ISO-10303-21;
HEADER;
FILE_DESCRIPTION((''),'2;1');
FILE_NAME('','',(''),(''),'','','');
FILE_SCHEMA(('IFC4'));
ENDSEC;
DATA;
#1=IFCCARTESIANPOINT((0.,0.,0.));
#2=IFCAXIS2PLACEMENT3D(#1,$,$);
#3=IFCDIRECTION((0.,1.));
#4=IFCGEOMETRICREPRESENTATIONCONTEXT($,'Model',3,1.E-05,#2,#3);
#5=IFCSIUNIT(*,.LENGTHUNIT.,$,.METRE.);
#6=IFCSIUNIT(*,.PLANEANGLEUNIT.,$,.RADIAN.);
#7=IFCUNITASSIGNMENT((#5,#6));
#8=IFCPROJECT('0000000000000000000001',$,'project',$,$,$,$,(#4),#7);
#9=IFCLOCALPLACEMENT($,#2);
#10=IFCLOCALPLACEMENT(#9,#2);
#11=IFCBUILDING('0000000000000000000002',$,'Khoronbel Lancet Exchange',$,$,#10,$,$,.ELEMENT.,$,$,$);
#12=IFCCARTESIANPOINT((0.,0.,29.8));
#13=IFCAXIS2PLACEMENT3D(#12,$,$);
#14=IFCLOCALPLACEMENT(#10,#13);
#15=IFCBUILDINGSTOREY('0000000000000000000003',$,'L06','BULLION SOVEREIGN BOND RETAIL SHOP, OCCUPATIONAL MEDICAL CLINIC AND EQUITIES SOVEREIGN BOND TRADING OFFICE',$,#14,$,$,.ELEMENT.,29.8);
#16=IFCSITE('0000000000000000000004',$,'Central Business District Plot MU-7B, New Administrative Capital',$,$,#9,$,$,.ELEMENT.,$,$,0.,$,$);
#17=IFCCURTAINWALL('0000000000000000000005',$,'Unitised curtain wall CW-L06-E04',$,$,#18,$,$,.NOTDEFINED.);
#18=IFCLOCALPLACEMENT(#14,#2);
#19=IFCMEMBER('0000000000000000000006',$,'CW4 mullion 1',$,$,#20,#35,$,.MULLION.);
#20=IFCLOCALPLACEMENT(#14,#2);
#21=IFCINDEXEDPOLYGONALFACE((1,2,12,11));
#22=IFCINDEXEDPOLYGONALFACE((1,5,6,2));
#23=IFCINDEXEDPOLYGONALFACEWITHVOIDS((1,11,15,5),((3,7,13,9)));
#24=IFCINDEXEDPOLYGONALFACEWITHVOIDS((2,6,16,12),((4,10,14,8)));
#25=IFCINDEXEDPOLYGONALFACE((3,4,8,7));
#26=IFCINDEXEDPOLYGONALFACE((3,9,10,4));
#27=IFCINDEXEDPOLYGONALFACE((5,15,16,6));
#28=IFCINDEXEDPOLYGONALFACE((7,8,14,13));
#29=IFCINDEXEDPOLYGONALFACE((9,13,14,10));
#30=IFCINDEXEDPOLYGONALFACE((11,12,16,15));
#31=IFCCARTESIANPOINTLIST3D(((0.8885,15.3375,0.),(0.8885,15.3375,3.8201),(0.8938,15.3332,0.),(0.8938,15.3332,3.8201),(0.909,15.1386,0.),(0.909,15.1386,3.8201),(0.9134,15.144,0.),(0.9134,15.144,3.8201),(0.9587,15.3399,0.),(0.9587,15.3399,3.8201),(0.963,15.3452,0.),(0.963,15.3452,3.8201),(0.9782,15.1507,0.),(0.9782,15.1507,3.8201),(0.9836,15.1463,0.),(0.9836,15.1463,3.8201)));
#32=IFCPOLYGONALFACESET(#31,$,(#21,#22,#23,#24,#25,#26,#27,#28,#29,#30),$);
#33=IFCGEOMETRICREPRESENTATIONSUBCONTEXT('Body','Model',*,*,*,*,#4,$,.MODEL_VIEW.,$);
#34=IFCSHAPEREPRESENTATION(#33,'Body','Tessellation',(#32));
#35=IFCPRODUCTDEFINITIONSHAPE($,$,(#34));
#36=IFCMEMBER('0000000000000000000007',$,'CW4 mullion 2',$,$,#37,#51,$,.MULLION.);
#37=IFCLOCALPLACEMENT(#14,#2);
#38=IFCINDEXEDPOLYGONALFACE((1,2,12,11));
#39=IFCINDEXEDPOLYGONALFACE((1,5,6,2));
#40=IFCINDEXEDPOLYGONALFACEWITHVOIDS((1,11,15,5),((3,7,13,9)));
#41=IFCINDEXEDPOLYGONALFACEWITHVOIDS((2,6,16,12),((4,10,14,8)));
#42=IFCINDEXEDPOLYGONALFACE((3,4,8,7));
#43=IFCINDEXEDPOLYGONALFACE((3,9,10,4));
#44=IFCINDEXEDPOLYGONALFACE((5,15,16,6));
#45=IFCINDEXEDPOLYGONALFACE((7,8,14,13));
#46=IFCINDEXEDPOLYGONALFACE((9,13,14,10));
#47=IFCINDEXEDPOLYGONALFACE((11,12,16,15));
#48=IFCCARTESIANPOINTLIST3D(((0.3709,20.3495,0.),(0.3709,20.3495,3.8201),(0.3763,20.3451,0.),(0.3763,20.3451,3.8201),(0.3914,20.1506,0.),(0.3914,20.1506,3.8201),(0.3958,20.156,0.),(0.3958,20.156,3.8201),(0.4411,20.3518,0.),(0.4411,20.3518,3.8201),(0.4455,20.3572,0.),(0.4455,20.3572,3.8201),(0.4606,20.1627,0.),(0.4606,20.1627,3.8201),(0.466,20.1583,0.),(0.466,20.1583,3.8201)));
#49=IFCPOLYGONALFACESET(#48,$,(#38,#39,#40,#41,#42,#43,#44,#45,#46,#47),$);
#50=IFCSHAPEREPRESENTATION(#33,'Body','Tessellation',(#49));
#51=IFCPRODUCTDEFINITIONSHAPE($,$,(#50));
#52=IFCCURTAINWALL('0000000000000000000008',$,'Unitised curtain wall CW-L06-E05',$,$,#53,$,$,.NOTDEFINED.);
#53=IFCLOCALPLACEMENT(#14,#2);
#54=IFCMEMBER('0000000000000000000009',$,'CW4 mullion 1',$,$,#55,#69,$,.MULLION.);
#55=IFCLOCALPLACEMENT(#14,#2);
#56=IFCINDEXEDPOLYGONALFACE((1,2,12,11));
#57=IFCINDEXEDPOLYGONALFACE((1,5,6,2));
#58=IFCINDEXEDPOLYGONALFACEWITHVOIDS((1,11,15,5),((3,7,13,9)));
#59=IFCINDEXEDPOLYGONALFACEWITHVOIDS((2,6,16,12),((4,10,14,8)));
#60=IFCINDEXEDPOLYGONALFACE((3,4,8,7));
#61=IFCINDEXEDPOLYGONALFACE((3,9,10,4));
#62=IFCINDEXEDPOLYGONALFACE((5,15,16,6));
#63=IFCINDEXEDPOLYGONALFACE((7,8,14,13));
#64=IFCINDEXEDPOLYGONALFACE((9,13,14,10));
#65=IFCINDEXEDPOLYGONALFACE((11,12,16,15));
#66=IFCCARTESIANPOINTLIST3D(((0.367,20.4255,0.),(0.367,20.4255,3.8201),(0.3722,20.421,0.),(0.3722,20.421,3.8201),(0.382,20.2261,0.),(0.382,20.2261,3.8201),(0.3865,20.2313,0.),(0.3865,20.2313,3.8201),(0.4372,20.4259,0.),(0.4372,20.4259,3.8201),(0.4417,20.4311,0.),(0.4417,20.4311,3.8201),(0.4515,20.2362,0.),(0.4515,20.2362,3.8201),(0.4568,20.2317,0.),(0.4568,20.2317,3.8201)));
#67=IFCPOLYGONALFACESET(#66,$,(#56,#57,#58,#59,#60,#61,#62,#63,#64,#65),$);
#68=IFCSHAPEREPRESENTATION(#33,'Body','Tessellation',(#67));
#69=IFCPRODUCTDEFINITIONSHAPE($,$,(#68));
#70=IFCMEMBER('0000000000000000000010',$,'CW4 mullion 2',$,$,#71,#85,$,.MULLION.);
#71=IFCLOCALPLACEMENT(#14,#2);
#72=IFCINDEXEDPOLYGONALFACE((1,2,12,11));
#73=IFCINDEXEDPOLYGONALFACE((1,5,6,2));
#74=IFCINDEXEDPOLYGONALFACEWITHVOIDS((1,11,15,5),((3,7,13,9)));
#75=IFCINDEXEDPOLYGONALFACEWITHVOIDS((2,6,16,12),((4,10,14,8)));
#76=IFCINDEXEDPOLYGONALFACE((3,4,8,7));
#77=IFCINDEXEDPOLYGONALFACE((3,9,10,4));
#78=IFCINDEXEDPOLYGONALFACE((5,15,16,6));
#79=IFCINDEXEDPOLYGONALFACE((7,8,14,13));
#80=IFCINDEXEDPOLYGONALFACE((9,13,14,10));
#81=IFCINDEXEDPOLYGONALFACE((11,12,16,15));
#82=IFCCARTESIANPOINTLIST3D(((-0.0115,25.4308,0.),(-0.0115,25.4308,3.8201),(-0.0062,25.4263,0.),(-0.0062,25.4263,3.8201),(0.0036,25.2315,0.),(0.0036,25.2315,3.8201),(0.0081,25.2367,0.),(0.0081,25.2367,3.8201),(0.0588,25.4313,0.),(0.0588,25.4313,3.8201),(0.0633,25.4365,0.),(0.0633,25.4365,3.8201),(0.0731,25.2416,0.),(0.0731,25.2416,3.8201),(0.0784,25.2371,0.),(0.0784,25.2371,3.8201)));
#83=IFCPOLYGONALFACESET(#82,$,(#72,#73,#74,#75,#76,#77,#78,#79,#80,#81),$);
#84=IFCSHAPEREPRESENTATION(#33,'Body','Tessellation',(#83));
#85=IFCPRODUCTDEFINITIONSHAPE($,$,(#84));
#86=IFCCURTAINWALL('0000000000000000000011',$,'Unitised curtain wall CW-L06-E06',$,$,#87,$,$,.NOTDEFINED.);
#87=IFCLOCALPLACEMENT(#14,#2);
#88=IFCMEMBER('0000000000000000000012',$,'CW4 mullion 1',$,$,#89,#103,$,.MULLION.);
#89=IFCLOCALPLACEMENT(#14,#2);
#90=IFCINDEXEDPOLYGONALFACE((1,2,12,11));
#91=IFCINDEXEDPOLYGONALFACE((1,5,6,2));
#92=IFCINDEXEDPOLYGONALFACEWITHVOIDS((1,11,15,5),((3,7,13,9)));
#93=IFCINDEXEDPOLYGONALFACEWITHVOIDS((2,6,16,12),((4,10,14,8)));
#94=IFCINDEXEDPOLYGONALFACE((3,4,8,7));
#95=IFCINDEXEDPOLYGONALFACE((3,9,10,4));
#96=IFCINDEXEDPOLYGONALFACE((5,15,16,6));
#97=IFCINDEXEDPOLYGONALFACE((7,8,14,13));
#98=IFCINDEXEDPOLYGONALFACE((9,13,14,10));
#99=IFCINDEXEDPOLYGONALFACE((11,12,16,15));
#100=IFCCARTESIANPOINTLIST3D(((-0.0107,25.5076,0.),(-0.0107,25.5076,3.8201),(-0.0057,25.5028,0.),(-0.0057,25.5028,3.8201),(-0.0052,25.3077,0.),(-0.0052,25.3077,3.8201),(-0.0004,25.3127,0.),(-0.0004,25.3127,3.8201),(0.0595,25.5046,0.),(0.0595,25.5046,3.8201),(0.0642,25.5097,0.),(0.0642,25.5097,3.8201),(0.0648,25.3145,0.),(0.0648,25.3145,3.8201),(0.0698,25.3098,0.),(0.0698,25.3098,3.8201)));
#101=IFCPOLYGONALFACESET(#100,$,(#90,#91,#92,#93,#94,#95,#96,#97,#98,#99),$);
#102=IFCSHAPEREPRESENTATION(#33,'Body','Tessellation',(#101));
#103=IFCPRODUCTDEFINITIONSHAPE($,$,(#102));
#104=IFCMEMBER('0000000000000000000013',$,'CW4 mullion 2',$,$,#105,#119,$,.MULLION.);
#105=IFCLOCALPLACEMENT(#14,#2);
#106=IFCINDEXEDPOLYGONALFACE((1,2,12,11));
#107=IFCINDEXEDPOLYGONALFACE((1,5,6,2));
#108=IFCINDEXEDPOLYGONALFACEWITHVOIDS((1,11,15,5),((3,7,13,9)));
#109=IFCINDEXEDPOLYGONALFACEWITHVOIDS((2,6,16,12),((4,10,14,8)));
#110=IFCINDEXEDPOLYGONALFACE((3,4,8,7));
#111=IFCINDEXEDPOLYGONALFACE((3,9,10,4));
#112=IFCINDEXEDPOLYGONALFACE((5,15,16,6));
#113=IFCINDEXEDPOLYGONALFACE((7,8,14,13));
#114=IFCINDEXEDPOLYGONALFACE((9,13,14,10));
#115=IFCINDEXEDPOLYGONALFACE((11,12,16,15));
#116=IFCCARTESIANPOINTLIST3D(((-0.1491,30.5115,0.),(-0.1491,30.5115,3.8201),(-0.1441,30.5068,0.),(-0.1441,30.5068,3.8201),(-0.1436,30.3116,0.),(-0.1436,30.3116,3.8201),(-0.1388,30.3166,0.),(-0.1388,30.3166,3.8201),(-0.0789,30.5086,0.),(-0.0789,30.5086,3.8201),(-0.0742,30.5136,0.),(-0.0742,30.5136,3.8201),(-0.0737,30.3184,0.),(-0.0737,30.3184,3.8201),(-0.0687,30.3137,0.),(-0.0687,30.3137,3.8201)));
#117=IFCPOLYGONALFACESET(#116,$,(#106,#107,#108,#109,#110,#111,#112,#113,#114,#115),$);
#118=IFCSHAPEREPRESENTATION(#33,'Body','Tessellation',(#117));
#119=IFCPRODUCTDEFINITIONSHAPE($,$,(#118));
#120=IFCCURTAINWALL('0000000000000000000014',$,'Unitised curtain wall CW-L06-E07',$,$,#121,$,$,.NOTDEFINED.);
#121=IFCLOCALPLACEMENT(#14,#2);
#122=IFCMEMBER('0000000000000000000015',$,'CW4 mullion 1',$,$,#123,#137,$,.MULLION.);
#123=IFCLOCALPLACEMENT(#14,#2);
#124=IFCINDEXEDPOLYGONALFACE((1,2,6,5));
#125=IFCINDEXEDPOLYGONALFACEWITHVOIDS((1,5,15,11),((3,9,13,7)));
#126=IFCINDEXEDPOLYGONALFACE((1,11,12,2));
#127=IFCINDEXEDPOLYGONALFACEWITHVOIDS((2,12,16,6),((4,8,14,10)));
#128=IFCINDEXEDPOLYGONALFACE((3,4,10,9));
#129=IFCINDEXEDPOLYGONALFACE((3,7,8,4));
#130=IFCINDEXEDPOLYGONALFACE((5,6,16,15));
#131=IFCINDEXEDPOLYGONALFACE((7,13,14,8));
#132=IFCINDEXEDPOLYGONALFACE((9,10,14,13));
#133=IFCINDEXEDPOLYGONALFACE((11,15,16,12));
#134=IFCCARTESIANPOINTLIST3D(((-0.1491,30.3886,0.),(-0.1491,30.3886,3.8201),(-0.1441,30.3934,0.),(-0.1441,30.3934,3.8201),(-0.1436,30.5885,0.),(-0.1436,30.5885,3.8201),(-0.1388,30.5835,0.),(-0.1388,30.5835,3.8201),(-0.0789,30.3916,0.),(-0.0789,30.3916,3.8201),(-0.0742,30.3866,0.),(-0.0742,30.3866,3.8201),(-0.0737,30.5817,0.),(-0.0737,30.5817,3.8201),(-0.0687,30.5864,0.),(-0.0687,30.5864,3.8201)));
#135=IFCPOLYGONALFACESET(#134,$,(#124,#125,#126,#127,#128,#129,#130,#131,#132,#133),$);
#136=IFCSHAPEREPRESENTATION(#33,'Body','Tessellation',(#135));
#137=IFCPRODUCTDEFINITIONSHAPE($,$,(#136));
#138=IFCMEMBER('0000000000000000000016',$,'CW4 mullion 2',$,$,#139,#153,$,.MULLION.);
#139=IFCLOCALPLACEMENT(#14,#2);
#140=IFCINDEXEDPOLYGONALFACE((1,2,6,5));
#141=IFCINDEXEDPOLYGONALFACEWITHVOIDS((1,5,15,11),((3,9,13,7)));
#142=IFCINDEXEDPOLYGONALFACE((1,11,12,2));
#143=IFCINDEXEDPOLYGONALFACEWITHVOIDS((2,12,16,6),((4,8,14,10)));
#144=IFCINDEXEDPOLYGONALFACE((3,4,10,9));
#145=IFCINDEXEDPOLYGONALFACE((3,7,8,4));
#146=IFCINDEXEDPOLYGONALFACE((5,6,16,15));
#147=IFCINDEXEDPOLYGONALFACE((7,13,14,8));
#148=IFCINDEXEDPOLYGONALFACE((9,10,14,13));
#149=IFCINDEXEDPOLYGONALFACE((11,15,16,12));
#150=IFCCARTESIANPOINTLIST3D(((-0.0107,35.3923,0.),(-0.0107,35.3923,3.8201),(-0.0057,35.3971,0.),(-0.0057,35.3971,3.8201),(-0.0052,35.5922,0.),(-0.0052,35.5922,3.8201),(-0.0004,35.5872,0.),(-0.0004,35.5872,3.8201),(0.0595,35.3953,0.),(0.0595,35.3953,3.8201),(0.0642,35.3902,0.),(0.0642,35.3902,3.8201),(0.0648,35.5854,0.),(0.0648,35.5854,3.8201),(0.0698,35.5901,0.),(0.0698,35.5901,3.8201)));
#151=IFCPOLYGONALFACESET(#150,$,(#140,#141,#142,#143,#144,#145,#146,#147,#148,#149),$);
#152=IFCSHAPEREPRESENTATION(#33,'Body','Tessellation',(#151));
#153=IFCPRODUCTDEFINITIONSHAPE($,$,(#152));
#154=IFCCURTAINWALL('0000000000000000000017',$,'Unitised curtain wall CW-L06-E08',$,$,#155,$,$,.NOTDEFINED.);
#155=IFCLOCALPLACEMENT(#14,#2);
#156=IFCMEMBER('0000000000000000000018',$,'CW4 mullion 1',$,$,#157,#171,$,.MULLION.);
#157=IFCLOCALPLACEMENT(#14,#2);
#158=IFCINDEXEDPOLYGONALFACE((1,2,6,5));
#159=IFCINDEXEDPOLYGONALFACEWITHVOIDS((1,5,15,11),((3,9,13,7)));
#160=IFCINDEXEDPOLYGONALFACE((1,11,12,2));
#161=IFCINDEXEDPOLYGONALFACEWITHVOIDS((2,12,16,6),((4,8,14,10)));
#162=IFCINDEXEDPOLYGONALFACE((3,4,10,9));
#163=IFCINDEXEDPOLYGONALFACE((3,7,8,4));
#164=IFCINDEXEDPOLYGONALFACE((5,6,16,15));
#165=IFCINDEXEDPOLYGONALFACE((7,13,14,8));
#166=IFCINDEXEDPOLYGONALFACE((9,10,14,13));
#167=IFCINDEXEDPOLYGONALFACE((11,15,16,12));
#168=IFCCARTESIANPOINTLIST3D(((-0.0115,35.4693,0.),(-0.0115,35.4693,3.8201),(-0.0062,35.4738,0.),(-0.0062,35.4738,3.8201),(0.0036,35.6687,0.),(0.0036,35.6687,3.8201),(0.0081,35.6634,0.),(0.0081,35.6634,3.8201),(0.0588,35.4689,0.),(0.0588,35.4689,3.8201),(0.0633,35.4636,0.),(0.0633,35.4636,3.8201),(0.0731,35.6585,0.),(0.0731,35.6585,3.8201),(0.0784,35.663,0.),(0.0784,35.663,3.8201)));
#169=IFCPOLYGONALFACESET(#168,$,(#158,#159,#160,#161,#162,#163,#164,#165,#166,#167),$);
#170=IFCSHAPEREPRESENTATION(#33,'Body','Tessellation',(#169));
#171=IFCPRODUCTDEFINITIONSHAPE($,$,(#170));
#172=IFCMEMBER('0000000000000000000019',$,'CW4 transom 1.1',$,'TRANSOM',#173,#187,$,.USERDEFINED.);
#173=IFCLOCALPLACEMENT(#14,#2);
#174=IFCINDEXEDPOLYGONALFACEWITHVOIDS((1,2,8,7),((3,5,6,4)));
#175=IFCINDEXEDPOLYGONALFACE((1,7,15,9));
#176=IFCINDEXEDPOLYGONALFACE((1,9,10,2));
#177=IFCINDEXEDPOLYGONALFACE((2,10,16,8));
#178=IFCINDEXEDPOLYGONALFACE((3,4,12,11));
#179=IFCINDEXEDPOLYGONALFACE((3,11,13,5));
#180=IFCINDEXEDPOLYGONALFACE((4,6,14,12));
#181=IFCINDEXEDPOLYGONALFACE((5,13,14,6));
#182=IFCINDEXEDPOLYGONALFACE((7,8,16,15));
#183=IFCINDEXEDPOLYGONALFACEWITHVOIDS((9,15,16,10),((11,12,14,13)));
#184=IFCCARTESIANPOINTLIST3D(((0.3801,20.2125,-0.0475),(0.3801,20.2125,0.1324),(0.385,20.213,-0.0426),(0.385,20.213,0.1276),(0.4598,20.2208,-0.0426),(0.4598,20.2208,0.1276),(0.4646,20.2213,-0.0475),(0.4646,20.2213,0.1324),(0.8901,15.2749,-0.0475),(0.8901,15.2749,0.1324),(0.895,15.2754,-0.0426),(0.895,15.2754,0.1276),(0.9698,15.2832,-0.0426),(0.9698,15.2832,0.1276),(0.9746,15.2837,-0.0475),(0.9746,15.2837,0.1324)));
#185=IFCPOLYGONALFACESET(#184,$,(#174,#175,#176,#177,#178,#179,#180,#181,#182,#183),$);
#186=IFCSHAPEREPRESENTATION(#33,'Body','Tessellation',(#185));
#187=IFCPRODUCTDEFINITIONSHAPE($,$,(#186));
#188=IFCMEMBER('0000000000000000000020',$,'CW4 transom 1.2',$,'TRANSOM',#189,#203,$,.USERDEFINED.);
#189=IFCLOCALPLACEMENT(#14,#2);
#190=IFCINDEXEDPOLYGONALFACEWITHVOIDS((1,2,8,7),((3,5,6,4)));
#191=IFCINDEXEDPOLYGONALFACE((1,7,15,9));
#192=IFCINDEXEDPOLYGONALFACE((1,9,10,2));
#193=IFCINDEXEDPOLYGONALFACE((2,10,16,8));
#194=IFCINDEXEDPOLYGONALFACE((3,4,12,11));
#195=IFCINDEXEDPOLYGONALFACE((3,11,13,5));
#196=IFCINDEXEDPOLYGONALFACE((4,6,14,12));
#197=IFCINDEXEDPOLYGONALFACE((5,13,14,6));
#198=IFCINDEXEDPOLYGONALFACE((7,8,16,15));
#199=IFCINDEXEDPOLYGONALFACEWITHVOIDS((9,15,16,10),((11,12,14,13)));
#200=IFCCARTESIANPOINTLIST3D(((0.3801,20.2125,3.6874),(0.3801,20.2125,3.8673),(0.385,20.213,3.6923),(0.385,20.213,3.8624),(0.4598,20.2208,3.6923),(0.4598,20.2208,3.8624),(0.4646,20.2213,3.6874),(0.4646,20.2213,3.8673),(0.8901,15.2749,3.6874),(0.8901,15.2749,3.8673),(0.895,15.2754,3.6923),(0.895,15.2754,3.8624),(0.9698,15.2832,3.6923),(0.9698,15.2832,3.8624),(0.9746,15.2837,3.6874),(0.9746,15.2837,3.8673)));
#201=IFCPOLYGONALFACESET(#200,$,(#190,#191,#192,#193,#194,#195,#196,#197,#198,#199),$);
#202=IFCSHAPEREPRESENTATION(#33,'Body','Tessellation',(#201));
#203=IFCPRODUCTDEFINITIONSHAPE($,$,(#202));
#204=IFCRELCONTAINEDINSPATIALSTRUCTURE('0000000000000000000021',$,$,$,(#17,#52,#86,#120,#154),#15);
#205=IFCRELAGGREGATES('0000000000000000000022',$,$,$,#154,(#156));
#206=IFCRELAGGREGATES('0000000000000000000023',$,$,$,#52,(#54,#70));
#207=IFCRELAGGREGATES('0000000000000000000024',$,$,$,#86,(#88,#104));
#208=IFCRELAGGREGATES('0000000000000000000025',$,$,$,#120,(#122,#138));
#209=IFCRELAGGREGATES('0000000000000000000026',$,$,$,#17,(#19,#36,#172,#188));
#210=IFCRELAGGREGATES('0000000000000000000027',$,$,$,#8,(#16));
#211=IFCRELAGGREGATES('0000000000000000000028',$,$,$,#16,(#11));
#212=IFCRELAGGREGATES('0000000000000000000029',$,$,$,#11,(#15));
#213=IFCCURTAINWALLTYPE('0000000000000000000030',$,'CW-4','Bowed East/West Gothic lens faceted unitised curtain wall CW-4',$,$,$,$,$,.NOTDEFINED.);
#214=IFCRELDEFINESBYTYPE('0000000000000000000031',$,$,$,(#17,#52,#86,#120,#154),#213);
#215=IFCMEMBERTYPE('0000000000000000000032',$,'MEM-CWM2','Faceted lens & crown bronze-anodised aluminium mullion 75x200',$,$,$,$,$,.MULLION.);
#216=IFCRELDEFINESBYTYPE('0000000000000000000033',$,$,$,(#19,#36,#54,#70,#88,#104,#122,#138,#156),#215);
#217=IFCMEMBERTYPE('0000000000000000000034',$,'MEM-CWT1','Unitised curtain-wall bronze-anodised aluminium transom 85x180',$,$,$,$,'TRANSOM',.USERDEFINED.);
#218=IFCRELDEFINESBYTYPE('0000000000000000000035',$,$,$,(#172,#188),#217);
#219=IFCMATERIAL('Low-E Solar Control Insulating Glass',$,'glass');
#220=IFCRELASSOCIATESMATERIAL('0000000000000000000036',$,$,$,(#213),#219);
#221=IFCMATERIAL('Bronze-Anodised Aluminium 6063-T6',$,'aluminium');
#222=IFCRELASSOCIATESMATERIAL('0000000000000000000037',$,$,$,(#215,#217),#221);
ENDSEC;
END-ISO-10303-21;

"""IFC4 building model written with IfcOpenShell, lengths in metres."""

from ifc_helpers import new_model, si_unit, direction, frame, origin, origin_2d, place, context, subcontext, project, spatial, hollow_rectangle, extrude, material, material_profile, profile_set, type_object, element, aggregate, save


model = new_model("IFC4")

# Units and contexts
model_context = context("Model", 3, precision=1e-05, world=origin(), true_north=direction((0.0, 1.0)))
body_context = subcontext(model_context, "Body", "Model", "MODEL_VIEW")
ifc_project = project(units=[si_unit("LENGTHUNIT", "METRE"), si_unit("PLANEANGLEUNIT", "RADIAN")], contexts=[model_context])

# Site, building, storey
site_placement = place(None, origin())
site = spatial("IfcSite", under=ifc_project, at=site_placement, Name="Central Business District Plot MU-7B, New Administrative Capital", CompositionType="ELEMENT", RefElevation=0.0)
building_placement = place(site_placement, origin())
building = spatial("IfcBuilding", under=site, at=building_placement, Name="Khoronbel Lancet Exchange", CompositionType="ELEMENT")
storey_placement = place(building_placement, frame((0.0, 0.0, 29.8)))
storey = spatial("IfcBuildingStorey", under=building, at=storey_placement, Name="L06", Description="BULLION SOVEREIGN BOND RETAIL SHOP, OCCUPATIONAL MEDICAL CLINIC AND EQUITIES SOVEREIGN BOND TRADING OFFICE", CompositionType="ELEMENT", Elevation=29.8)

# Curtain walls, members
ifc_material_1 = material(Name="Low-E Solar Control Insulating Glass", Category="glass")
curtain_wall_type = type_object("IfcCurtainWallType", Name="CW-4", Description="Bowed East/West Gothic lens faceted unitised curtain wall CW-4", PredefinedType="NOTDEFINED", material=ifc_material_1)
curtain_wall_1_placement = place(storey_placement, origin())
curtain_wall_1 = element("IfcCurtainWall", 1, at=curtain_wall_1_placement, inside=storey, type_object=curtain_wall_type, Name="Unitised curtain wall CW-L06-E04", PredefinedType="NOTDEFINED")
ifc_material_2 = material(Name="Bronze-Anodised Aluminium 6063-T6", Category="aluminium")
ifc_material_profile_1 = material_profile(ifc_material_2, hollow_rectangle(XDim=0.075, YDim=0.2, WallThickness=0.0049, at=origin_2d()), Name="ALU MULLION 75x200")
ifc_profile_set_1 = profile_set([ifc_material_profile_1], Name="Bronze-Anodised Aluminium 6063-T6")
member_type_1 = type_object("IfcMemberType", Name="MEM-CWM2", Description="Faceted lens & crown bronze-anodised aluminium mullion 75x200", PredefinedType="MULLION", material=ifc_profile_set_1)
member_1_placement = place(storey_placement, frame((0.936, 15.2419, 0.0), z_axis=(0.0, 0.0, 1.0), x_axis=(-0.99471, -0.102723, 0.0)))
member_1 = element("IfcMember", 2, at=member_1_placement, type_object=member_type_1, Name="CW4 mullion 1", PredefinedType="MULLION", context=body_context, shape_type="SweptSolid", body=[
    extrude(hollow_rectangle(XDim=0.075, YDim=0.2, WallThickness=0.0049, at=origin_2d()), origin(), (0.0, 0.0, 1.0), 3.8201),
])
member_2_placement = place(storey_placement, frame((0.4185, 20.2539, 0.0), z_axis=(0.0, 0.0, 1.0), x_axis=(-0.99471, -0.102723, 0.0)))
member_2 = element("IfcMember", 3, at=member_2_placement, type_object=member_type_1, Name="CW4 mullion 2", PredefinedType="MULLION", context=body_context, shape_type="SweptSolid", body=[
    extrude(hollow_rectangle(XDim=0.075, YDim=0.2, WallThickness=0.0049, at=origin_2d()), origin(), (0.0, 0.0, 1.0), 3.8201),
])
curtain_wall_2_placement = place(storey_placement, origin())
curtain_wall_2 = element("IfcCurtainWall", 4, at=curtain_wall_2_placement, inside=storey, type_object=curtain_wall_type, Name="Unitised curtain wall CW-L06-E05", PredefinedType="NOTDEFINED")
member_3_placement = place(storey_placement, frame((0.4119, 20.3286, 0.0), z_axis=(0.0, 0.0, 1.0), x_axis=(-0.997154, -0.075395, 0.0)))
member_3 = element("IfcMember", 5, at=member_3_placement, type_object=member_type_1, Name="CW4 mullion 1", PredefinedType="MULLION", context=body_context, shape_type="SweptSolid", body=[
    extrude(hollow_rectangle(XDim=0.075, YDim=0.2, WallThickness=0.0049, at=origin_2d()), origin(), (0.0, 0.0, 1.0), 3.8201),
])
member_4_placement = place(storey_placement, frame((0.0334, 25.334, 0.0), z_axis=(0.0, 0.0, 1.0), x_axis=(-0.997154, -0.075395, 0.0)))
member_4 = element("IfcMember", 6, at=member_4_placement, type_object=member_type_1, Name="CW4 mullion 2", PredefinedType="MULLION", context=body_context, shape_type="SweptSolid", body=[
    extrude(hollow_rectangle(XDim=0.075, YDim=0.2, WallThickness=0.0049, at=origin_2d()), origin(), (0.0, 0.0, 1.0), 3.8201),
])
curtain_wall_3_placement = place(storey_placement, origin())
curtain_wall_3 = element("IfcCurtainWall", 7, at=curtain_wall_3_placement, inside=storey, type_object=curtain_wall_type, Name="Unitised curtain wall CW-L06-E06", PredefinedType="NOTDEFINED")
member_5_placement = place(storey_placement, frame((0.0295, 25.4087, 0.0), z_axis=(0.0, 0.0, 1.0), x_axis=(-0.999617, -0.027674, 0.0)))
member_5 = element("IfcMember", 8, at=member_5_placement, type_object=member_type_1, Name="CW4 mullion 1", PredefinedType="MULLION", context=body_context, shape_type="SweptSolid", body=[
    extrude(hollow_rectangle(XDim=0.075, YDim=0.2, WallThickness=0.0049, at=origin_2d()), origin(), (0.0, 0.0, 1.0), 3.8201),
])
member_6_placement = place(storey_placement, frame((-0.1089, 30.4126, 0.0), z_axis=(0.0, 0.0, 1.0), x_axis=(-0.999617, -0.027674, 0.0)))
member_6 = element("IfcMember", 9, at=member_6_placement, type_object=member_type_1, Name="CW4 mullion 2", PredefinedType="MULLION", context=body_context, shape_type="SweptSolid", body=[
    extrude(hollow_rectangle(XDim=0.075, YDim=0.2, WallThickness=0.0049, at=origin_2d()), origin(), (0.0, 0.0, 1.0), 3.8201),
])
curtain_wall_4_placement = place(storey_placement, origin())
curtain_wall_4 = element("IfcCurtainWall", 10, at=curtain_wall_4_placement, inside=storey, type_object=curtain_wall_type, Name="Unitised curtain wall CW-L06-E07", PredefinedType="NOTDEFINED")
member_7_placement = place(storey_placement, frame((-0.1089, 30.4875, 0.0), z_axis=(0.0, 0.0, 1.0), x_axis=(-0.999617, 0.027674, 0.0)))
member_7 = element("IfcMember", 11, at=member_7_placement, type_object=member_type_1, Name="CW4 mullion 1", PredefinedType="MULLION", context=body_context, shape_type="SweptSolid", body=[
    extrude(hollow_rectangle(XDim=0.075, YDim=0.2, WallThickness=0.0049, at=origin_2d()), origin(), (0.0, 0.0, 1.0), 3.8201),
])
member_8_placement = place(storey_placement, frame((0.0295, 35.4912, 0.0), z_axis=(0.0, 0.0, 1.0), x_axis=(-0.999617, 0.027674, 0.0)))
member_8 = element("IfcMember", 12, at=member_8_placement, type_object=member_type_1, Name="CW4 mullion 2", PredefinedType="MULLION", context=body_context, shape_type="SweptSolid", body=[
    extrude(hollow_rectangle(XDim=0.075, YDim=0.2, WallThickness=0.0049, at=origin_2d()), origin(), (0.0, 0.0, 1.0), 3.8201),
])

# Curtain wall, member
curtain_wall_5_placement = place(storey_placement, origin())
curtain_wall_5 = element("IfcCurtainWall", 13, at=curtain_wall_5_placement, inside=storey, type_object=curtain_wall_type, Name="Unitised curtain wall CW-L06-E08", PredefinedType="NOTDEFINED")
member_9_placement = place(storey_placement, frame((0.0334, 35.5662, 0.0), z_axis=(0.0, 0.0, 1.0), x_axis=(-0.997154, 0.075395, 0.0)))
member_9 = element("IfcMember", 14, at=member_9_placement, type_object=member_type_1, Name="CW4 mullion 1", PredefinedType="MULLION", context=body_context, shape_type="SweptSolid", body=[
    extrude(hollow_rectangle(XDim=0.075, YDim=0.2, WallThickness=0.0049, at=origin_2d()), origin(), (0.0, 0.0, 1.0), 3.8201),
])

# Members
ifc_material_profile_2 = material_profile(ifc_material_2, hollow_rectangle(XDim=0.085, YDim=0.1799, WallThickness=0.0049, at=origin_2d()), Name="ALU TRANSOM 85x180")
ifc_profile_set_2 = profile_set([ifc_material_profile_2], Name="Bronze-Anodised Aluminium 6063-T6")
member_type_2 = type_object("IfcMemberType", Name="MEM-CWT1", Description="Unitised curtain-wall bronze-anodised aluminium transom 85x180", ElementType="TRANSOM", PredefinedType="USERDEFINED", material=ifc_profile_set_2)
member_10_placement = place(storey_placement, frame((0.9324, 15.2793, 0.0425), z_axis=(-0.102746, 0.994708, 0.0), x_axis=(-0.994708, -0.102746, 0.0)))
member_10 = element("IfcMember", 15, at=member_10_placement, type_object=member_type_2, Name="CW4 transom 1.1", ObjectType="TRANSOM", PredefinedType="USERDEFINED", context=body_context, shape_type="SweptSolid", body=[
    extrude(hollow_rectangle(XDim=0.085, YDim=0.1799, WallThickness=0.0049, at=origin_2d()), origin(), (0.0, 0.0, 1.0), 4.9639),
])
member_11_placement = place(storey_placement, frame((0.9324, 15.2793, 3.7773), z_axis=(-0.102746, 0.994708, 0.0), x_axis=(-0.994708, -0.102746, 0.0)))
member_11 = element("IfcMember", 16, at=member_11_placement, type_object=member_type_2, Name="CW4 transom 1.2", ObjectType="TRANSOM", PredefinedType="USERDEFINED", context=body_context, shape_type="SweptSolid", body=[
    extrude(hollow_rectangle(XDim=0.085, YDim=0.1799, WallThickness=0.0049, at=origin_2d()), origin(), (0.0, 0.0, 1.0), 4.9639),
])
aggregate(curtain_wall_5, [member_9])

aggregate(curtain_wall_2, [member_3, member_4])
aggregate(curtain_wall_3, [member_5, member_6])
aggregate(curtain_wall_4, [member_7, member_8])
aggregate(curtain_wall_1, [member_1, member_2, member_10, member_11])

save(model, "model.ifc")
